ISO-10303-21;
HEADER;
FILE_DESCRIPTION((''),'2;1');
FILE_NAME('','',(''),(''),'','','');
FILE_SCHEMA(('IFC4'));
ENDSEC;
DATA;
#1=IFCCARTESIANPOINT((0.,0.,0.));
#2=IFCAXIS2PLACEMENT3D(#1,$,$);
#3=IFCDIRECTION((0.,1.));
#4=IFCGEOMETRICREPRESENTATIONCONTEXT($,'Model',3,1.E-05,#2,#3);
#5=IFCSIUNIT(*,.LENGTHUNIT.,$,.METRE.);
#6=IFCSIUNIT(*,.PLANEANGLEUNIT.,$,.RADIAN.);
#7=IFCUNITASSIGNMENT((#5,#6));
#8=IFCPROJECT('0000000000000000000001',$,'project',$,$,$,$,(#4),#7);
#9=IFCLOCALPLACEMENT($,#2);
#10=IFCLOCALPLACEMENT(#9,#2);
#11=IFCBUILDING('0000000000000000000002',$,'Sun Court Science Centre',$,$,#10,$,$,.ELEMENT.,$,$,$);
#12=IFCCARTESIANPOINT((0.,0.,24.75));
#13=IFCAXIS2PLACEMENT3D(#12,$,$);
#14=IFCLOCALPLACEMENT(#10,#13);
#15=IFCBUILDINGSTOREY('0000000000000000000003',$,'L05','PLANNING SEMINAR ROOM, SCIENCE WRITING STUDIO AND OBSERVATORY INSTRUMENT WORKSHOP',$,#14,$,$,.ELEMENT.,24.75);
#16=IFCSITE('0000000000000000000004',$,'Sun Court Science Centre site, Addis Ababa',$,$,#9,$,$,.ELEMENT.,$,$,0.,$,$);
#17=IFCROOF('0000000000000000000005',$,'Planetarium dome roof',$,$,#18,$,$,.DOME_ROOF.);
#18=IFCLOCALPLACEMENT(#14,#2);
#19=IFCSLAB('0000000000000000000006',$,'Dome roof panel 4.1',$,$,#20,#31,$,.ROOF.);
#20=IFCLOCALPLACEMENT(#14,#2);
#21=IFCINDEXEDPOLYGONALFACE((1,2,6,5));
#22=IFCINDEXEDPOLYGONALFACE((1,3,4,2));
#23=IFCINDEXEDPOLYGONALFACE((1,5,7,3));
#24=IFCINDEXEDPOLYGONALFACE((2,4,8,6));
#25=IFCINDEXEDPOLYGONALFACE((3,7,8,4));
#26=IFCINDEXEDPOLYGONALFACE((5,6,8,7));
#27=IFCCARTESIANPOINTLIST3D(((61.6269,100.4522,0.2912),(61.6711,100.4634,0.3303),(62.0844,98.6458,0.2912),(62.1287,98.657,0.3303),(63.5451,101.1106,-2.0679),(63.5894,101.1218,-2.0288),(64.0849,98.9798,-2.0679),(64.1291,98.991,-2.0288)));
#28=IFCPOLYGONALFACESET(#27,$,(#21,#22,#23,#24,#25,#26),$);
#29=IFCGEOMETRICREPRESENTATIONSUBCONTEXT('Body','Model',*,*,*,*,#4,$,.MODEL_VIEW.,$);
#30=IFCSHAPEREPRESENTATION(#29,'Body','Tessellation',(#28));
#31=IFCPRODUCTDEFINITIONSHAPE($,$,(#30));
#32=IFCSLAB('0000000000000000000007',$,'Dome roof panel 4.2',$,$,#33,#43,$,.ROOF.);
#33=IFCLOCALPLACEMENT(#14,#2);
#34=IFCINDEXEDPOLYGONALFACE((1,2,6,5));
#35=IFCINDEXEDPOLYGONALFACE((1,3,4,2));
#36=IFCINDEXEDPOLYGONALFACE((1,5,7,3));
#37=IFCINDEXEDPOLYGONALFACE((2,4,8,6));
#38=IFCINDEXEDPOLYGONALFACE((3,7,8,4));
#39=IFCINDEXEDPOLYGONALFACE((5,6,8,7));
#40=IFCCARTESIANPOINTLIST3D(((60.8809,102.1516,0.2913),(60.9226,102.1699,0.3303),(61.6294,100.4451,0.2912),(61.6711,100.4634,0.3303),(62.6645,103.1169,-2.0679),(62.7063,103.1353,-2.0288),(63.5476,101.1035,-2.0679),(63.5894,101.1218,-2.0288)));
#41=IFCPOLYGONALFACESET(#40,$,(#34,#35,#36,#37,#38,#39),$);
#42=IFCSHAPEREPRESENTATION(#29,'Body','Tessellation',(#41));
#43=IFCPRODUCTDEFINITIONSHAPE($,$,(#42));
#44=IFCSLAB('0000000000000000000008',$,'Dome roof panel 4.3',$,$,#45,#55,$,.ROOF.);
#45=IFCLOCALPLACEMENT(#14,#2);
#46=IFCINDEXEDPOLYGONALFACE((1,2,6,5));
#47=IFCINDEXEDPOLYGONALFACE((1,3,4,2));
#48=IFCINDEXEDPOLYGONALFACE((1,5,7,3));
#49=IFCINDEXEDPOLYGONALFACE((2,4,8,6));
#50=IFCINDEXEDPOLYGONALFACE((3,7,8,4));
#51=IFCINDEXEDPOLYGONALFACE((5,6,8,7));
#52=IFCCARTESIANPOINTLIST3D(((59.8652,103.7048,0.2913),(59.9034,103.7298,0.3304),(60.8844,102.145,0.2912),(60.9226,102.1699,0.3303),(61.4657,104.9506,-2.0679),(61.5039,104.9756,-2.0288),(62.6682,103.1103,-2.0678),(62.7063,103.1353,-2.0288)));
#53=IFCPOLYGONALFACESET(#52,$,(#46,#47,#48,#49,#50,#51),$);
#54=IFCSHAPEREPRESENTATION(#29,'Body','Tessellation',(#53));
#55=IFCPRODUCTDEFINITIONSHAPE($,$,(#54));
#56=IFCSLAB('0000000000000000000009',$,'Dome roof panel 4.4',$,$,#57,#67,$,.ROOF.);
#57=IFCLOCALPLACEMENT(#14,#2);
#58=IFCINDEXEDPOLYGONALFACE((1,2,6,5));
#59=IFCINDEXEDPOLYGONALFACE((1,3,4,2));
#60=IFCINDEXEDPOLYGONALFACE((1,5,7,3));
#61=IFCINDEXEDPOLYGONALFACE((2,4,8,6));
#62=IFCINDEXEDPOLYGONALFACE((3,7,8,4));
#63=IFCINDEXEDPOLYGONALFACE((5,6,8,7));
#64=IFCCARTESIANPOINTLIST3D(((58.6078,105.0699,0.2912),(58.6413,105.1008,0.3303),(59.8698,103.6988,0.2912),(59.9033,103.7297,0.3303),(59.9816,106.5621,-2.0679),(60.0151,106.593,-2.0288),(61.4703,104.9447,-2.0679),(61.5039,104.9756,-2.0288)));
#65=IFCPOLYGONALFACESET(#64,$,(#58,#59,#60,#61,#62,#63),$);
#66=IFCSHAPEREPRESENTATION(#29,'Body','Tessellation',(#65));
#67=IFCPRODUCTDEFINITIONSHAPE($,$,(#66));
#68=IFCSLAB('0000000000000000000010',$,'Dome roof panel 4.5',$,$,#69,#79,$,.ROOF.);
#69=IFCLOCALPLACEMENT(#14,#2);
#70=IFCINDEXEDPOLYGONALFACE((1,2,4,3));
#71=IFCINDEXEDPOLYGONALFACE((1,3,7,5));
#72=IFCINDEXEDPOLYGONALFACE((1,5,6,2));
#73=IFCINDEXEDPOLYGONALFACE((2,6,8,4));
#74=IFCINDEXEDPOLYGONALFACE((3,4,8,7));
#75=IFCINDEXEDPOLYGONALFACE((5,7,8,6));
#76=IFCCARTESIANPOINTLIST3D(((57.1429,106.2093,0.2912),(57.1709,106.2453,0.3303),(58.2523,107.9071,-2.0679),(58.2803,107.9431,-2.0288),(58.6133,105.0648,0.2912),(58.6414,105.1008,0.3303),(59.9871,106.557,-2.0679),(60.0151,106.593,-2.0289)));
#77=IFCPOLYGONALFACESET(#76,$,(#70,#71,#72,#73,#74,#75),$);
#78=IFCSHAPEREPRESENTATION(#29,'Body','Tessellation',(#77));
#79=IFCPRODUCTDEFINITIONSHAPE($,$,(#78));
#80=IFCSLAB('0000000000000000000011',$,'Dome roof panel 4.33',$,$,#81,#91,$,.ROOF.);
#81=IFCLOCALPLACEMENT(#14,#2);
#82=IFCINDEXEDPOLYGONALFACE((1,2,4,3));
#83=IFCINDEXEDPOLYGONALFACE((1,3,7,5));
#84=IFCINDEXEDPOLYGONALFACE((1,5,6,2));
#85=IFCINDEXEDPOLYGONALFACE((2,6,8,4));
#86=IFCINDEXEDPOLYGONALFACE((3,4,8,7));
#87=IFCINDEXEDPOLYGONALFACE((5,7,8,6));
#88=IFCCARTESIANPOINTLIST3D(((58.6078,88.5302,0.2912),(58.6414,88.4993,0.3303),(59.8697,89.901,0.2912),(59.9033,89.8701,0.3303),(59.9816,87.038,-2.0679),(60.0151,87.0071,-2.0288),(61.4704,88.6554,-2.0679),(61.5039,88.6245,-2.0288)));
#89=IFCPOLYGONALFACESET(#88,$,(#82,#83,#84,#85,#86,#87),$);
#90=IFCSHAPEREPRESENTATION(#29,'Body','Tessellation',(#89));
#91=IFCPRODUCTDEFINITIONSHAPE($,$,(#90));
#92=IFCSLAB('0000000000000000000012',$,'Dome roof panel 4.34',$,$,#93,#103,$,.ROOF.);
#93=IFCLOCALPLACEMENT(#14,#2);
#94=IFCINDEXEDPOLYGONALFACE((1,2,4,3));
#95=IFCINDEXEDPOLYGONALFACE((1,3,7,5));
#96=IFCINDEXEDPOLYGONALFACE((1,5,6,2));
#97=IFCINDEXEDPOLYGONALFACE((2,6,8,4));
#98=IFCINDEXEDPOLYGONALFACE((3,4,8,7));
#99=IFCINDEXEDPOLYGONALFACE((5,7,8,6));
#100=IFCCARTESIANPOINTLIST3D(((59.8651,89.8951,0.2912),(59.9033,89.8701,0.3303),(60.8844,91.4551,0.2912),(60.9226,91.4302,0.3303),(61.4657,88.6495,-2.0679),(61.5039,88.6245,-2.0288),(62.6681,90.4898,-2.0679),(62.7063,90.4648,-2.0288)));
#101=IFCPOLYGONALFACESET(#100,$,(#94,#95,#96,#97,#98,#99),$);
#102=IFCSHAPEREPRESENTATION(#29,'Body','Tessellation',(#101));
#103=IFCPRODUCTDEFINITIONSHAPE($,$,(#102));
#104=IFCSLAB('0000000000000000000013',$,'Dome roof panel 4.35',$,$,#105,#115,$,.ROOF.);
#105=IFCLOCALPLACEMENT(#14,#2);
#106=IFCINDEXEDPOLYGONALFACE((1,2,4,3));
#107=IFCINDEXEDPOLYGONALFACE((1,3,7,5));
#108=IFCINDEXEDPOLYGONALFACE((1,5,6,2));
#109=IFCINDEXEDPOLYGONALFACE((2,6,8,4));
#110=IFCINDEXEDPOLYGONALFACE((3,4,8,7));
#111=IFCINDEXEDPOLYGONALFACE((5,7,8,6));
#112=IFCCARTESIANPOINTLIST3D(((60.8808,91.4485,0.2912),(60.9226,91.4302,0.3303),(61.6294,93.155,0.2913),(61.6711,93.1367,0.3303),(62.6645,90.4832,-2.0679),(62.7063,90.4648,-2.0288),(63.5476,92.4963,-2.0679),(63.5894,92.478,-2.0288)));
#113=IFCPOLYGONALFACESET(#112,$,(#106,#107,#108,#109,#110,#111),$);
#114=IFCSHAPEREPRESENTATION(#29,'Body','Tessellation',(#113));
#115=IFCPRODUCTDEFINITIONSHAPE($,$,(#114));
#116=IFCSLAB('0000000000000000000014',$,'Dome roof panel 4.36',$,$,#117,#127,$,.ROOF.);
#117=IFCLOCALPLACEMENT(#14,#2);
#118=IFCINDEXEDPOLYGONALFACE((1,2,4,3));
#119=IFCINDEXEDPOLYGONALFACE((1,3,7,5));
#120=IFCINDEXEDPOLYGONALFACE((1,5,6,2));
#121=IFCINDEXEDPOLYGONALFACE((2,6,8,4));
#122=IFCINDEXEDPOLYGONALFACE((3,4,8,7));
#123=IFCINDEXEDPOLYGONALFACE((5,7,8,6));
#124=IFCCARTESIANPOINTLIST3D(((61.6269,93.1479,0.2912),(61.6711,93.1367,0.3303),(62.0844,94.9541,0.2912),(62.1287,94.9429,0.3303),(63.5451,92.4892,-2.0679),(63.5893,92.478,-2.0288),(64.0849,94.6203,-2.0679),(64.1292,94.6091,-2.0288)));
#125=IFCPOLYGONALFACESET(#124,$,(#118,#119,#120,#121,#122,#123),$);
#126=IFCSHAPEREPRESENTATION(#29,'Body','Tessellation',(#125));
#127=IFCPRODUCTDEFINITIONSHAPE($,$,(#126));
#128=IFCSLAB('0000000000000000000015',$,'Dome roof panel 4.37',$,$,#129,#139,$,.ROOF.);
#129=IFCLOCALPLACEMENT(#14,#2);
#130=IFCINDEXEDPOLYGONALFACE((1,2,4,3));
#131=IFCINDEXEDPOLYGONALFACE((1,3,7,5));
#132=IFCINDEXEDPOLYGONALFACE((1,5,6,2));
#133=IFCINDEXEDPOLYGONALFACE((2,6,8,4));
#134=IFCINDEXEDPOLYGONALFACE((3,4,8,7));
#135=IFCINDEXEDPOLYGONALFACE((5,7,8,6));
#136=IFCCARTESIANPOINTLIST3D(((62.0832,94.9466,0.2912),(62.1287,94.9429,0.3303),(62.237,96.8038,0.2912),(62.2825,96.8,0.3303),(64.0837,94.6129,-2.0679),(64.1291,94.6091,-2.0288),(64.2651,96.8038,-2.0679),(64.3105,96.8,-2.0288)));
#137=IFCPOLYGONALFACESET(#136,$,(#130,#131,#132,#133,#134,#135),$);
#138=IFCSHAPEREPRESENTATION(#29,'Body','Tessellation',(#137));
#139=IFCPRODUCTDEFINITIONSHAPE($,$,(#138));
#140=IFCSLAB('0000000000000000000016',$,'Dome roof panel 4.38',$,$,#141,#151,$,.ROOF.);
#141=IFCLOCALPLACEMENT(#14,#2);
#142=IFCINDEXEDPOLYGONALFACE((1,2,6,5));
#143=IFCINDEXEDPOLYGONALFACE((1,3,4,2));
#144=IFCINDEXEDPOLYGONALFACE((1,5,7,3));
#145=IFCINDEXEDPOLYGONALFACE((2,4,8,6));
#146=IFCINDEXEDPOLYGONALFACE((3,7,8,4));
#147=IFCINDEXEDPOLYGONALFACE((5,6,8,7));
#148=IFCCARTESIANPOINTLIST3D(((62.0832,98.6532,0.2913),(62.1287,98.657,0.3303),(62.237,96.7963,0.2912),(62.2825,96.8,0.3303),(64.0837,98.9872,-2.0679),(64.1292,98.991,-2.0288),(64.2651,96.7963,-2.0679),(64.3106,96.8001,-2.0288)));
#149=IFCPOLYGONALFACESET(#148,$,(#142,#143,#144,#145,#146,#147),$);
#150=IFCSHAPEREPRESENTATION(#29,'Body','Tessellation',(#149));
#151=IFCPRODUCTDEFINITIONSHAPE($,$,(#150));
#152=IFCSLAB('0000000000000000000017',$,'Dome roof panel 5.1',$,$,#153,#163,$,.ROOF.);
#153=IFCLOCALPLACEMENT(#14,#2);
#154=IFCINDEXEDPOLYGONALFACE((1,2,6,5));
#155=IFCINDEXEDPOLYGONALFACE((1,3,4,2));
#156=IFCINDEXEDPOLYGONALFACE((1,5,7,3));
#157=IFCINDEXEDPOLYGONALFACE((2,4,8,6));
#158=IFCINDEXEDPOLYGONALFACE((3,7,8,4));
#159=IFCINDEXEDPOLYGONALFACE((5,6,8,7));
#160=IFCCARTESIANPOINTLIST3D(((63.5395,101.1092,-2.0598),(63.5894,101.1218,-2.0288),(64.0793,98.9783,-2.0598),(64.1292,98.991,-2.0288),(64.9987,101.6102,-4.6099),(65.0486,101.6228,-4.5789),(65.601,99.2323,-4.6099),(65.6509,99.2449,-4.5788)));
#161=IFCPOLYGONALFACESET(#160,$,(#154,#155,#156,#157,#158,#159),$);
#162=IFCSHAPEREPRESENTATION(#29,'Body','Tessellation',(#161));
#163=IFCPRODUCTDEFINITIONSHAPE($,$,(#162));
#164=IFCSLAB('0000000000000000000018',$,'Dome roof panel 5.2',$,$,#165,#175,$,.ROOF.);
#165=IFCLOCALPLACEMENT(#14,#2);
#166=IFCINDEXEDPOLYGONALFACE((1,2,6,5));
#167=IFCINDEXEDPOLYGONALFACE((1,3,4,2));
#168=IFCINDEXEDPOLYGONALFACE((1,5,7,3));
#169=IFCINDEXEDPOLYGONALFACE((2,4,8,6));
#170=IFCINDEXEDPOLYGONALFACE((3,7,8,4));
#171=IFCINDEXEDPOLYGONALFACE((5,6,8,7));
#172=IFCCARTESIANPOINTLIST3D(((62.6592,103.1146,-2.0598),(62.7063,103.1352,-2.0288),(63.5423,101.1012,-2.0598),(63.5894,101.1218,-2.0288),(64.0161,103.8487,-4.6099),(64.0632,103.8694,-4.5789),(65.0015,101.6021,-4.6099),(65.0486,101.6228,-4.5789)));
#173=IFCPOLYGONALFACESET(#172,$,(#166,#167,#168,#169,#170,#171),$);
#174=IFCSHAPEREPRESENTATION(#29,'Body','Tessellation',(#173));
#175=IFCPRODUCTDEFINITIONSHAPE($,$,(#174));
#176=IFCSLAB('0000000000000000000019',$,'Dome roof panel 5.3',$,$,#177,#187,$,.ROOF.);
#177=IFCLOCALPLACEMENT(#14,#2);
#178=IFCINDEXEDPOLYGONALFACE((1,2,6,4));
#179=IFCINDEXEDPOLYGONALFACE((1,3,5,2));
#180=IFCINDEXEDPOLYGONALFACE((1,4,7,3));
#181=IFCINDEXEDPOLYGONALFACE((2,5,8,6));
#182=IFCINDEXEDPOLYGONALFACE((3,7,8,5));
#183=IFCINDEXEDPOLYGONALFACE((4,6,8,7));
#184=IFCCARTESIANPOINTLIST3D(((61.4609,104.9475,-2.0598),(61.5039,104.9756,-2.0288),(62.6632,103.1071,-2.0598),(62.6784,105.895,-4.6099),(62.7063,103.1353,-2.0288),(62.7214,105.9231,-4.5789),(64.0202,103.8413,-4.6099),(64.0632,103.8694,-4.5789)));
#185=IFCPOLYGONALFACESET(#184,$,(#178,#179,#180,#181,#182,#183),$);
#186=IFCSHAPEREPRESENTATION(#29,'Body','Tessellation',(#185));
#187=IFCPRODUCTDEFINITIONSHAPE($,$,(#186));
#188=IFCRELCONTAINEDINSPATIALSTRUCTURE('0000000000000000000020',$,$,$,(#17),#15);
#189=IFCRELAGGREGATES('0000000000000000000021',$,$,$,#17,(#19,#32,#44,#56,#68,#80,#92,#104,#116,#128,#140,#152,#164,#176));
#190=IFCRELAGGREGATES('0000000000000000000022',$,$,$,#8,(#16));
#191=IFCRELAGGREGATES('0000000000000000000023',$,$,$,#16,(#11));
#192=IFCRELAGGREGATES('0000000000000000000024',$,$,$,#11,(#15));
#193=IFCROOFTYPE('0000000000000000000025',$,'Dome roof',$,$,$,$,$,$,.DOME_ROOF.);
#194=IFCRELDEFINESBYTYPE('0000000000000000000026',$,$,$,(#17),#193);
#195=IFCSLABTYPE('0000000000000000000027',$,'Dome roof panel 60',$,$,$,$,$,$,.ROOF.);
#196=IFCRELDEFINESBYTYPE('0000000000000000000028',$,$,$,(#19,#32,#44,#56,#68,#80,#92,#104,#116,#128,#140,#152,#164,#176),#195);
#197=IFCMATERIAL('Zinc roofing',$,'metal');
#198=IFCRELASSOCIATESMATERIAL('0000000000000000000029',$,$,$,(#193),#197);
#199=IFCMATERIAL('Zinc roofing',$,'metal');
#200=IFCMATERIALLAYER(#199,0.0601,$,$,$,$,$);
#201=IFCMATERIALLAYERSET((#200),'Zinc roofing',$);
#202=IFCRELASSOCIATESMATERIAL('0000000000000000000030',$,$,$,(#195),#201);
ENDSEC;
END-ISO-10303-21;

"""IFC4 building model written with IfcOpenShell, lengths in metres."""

from ifc_helpers import new_model, si_unit, direction, frame, origin, place, context, subcontext, project, spatial, polyline, outline, extrude, material, layer, layer_set, type_object, element, aggregate, save


model = new_model("IFC4")

# Units and contexts
model_context = context("Model", 3, precision=1e-05, world=origin(), true_north=direction((0.0, 1.0)))
body_context = subcontext(model_context, "Body", "Model", "MODEL_VIEW")
ifc_project = project(units=[si_unit("LENGTHUNIT", "METRE"), si_unit("PLANEANGLEUNIT", "RADIAN")], contexts=[model_context])

# Site, building, storey
site_placement = place(None, origin())
site = spatial("IfcSite", under=ifc_project, at=site_placement, Name="Sun Court Science Centre site, Addis Ababa", CompositionType="ELEMENT", RefElevation=0.0)
building_placement = place(site_placement, origin())
building = spatial("IfcBuilding", under=site, at=building_placement, Name="Sun Court Science Centre", CompositionType="ELEMENT")
storey_placement = place(building_placement, frame((0.0, 0.0, 24.75)))
storey = spatial("IfcBuildingStorey", under=building, at=storey_placement, Name="L05", Description="PLANNING SEMINAR ROOM, SCIENCE WRITING STUDIO AND OBSERVATORY INSTRUMENT WORKSHOP", CompositionType="ELEMENT", Elevation=24.75)

# Roof, slabs
ifc_material_1 = material(Name="Zinc roofing", Category="metal")
roof_type = type_object("IfcRoofType", Name="Dome roof", PredefinedType="DOME_ROOF", material=ifc_material_1)
roof_placement = place(storey_placement, origin())
roof = element("IfcRoof", 1, at=roof_placement, inside=storey, type_object=roof_type, Name="Planetarium dome roof", PredefinedType="DOME_ROOF")
ifc_material_2 = material(Name="Zinc roofing", Category="metal")
ifc_layer = layer(ifc_material_2, 0.0601)
ifc_layer_set = layer_set([ifc_layer], Name="Zinc roofing")
slab_type = type_object("IfcSlabType", Name="Dome roof panel 60", PredefinedType="ROOF", material=ifc_layer_set)
slab_1_placement = place(storey_placement, frame((62.1287, 98.657, 0.3303), z_axis=(0.736151, 0.186468, 0.650624), x_axis=(-0.245538, 0.969387, -0.000011)))
slab_1 = element("IfcSlab", 2, at=slab_1_placement, type_object=slab_type, Name="Dome roof panel 4.1", PredefinedType="ROOF", context=body_context, shape_type="SweptSolid", body=[
    extrude(outline(polyline([(0.0, 0.0), (1.8634, 0.0), (2.0308, -3.1065), (-0.1674, -3.1066), (0.0, 0.0)])), origin(), (0.0, 0.0, -1.0), 0.0601),
])
slab_2_placement = place(storey_placement, frame((61.6711, 100.4634, 0.3303), z_axis=(0.695452, 0.305027, 0.650619), x_axis=(-0.401674, 0.915783, 0.00001)))
slab_2 = element("IfcSlab", 3, at=slab_2_placement, type_object=slab_type, Name="Dome roof panel 4.2", PredefinedType="ROOF", context=body_context, shape_type="SweptSolid", body=[
    extrude(outline(polyline([(0.0, 0.0), (1.8635, 0.0), (2.031, -3.1066), (-0.1675, -3.1065), (0.0, 0.0)])), origin(), (0.0, 0.0, -1.0), 0.0601),
])
slab_3_placement = place(storey_placement, frame((60.9226, 102.1699, 0.3303), z_axis=(0.63571, 0.415378, 0.650641), x_axis=(-0.547007, 0.837128, 0.000021)))
slab_3 = element("IfcSlab", 4, at=slab_3_placement, type_object=slab_type, Name="Dome roof panel 4.3", PredefinedType="ROOF", context=body_context, shape_type="SweptSolid", body=[
    extrude(outline(polyline([(0.0, 0.0), (1.8633, 0.0), (2.0307, -3.1067), (-0.1676, -3.1066), (0.0, 0.0)])), origin(), (0.0, 0.0, -1.0), 0.0601),
])
slab_4_placement = place(storey_placement, frame((59.9033, 103.7297, 0.3303), z_axis=(0.558728, 0.51427, 0.650653), x_axis=(-0.677224, 0.735777, -0.000007)))
slab_4 = element("IfcSlab", 5, at=slab_4_placement, type_object=slab_type, Name="Dome roof panel 4.4", PredefinedType="ROOF", context=body_context, shape_type="SweptSolid", body=[
    extrude(outline(polyline([(0.0, 0.0), (1.8635, 0.0), (2.031, -3.1067), (-0.1673, -3.1067), (0.0, 0.0)])), origin(), (0.0, 0.0, -1.0), 0.0601),
])
slab_5_placement = place(storey_placement, frame((58.6414, 105.1008, 0.3303), z_axis=(0.466409, 0.599284, 0.650631), x_axis=(-0.789149, 0.614201, -0.000022)))
slab_5 = element("IfcSlab", 6, at=slab_5_placement, type_object=slab_type, Name="Dome roof panel 4.5", PredefinedType="ROOF", context=body_context, shape_type="SweptSolid", body=[
    extrude(outline(polyline([(0.0, 0.0), (1.8634, 0.0), (2.0307, -3.1065), (-0.1676, -3.1067), (0.0, 0.0)])), origin(), (0.0, 0.0, -1.0), 0.0601),
])
slab_6_placement = place(storey_placement, frame((58.6414, 88.4993, 0.3303), z_axis=(0.558716, -0.514302, 0.650638), x_axis=(0.677269, 0.735735, -0.000017)))
slab_6 = element("IfcSlab", 7, at=slab_6_placement, type_object=slab_type, Name="Dome roof panel 4.33", PredefinedType="ROOF", context=body_context, shape_type="SweptSolid", body=[
    extrude(outline(polyline([(0.0, 0.0), (1.8633, 0.0), (2.0309, -3.1066), (-0.1674, -3.1067), (0.0, 0.0)])), origin(), (0.0, 0.0, -1.0), 0.0601),
])
slab_7_placement = place(storey_placement, frame((59.9033, 89.8701, 0.3303), z_axis=(0.635733, -0.415362, 0.650629), x_axis=(0.546965, 0.837155, -0.000002)))
slab_7 = element("IfcSlab", 8, at=slab_7_placement, type_object=slab_type, Name="Dome roof panel 4.34", PredefinedType="ROOF", context=body_context, shape_type="SweptSolid", body=[
    extrude(outline(polyline([(0.0, 0.0), (1.8635, 0.0), (2.031, -3.1066), (-0.1673, -3.1066), (0.0, 0.0)])), origin(), (0.0, 0.0, -1.0), 0.0601),
])
slab_8_placement = place(storey_placement, frame((60.9226, 91.4302, 0.3303), z_axis=(0.695437, -0.305041, 0.650628), x_axis=(0.401687, 0.915777, 0.000002)))
slab_8 = element("IfcSlab", 9, at=slab_8_placement, type_object=slab_type, Name="Dome roof panel 4.35", PredefinedType="ROOF", context=body_context, shape_type="SweptSolid", body=[
    extrude(outline(polyline([(0.0, 0.0), (1.8635, 0.0), (2.0308, -3.1066), (-0.1675, -3.1066), (0.0, 0.0)])), origin(), (0.0, 0.0, -1.0), 0.0601),
])
slab_9_placement = place(storey_placement, frame((61.6711, 93.1367, 0.3303), z_axis=(0.736151, -0.186468, 0.650624), x_axis=(0.245551, 0.969384, -0.000005)))
slab_9 = element("IfcSlab", 10, at=slab_9_placement, type_object=slab_type, Name="Dome roof panel 4.36", PredefinedType="ROOF", context=body_context, shape_type="SweptSolid", body=[
    extrude(outline(polyline([(0.0, 0.0), (1.8632, 0.0), (2.0309, -3.1066), (-0.1675, -3.1066), (0.0, 0.0)])), origin(), (0.0, 0.0, -1.0), 0.0601),
])
slab_10_placement = place(storey_placement, frame((62.1287, 94.9429, 0.3303), z_axis=(0.756814, -0.062668, 0.650619), x_axis=(0.082529, 0.996589, -0.000006)))
slab_10 = element("IfcSlab", 11, at=slab_10_placement, type_object=slab_type, Name="Dome roof panel 4.37", PredefinedType="ROOF", context=body_context, shape_type="SweptSolid", body=[
    extrude(outline(polyline([(0.0, 0.0), (1.8635, 0.0), (2.0309, -3.1065), (-0.1675, -3.1066), (0.0, 0.0)])), origin(), (0.0, 0.0, -1.0), 0.0601),
])
slab_11_placement = place(storey_placement, frame((62.2825, 96.8, 0.3303), z_axis=(0.756812, 0.062672, 0.650621), x_axis=(-0.082536, 0.996588, 0.000009)))
slab_11 = element("IfcSlab", 12, at=slab_11_placement, type_object=slab_type, Name="Dome roof panel 4.38", PredefinedType="ROOF", context=body_context, shape_type="SweptSolid", body=[
    extrude(outline(polyline([(0.0, 0.0), (1.8633, 0.0), (2.031, -3.1066), (-0.1674, -3.1065), (0.0, 0.0)])), origin(), (0.0, 0.0, -1.0), 0.0601),
])
slab_12_placement = place(storey_placement, frame((64.1292, 98.991, -2.0288), z_axis=(0.830162, 0.210282, 0.516346), x_axis=(-0.245553, 0.969383, 0.000008)))
slab_12 = element("IfcSlab", 13, at=slab_12_placement, type_object=slab_type, Name="Dome roof panel 5.1", PredefinedType="ROOF", context=body_context, shape_type="SweptSolid", body=[
    extrude(outline(polyline([(0.0, 0.0), (2.1982, 0.0), (2.3255, -2.9777), (-0.1276, -2.9777), (0.0, 0.0)])), origin(), (0.0, 0.0, -1.0), 0.0601),
])
slab_13_placement = place(storey_placement, frame((63.5894, 101.1218, -2.0288), z_axis=(0.784261, 0.343971, 0.516352), x_axis=(-0.401657, 0.91579, -0.000003)))
slab_13 = element("IfcSlab", 14, at=slab_13_placement, type_object=slab_type, Name="Dome roof panel 5.2", PredefinedType="ROOF", context=body_context, shape_type="SweptSolid", body=[
    extrude(outline(polyline([(0.0, 0.0), (2.1986, 0.0), (2.3259, -2.9777), (-0.1273, -2.9777), (0.0, 0.0)])), origin(), (0.0, 0.0, -1.0), 0.0601),
])
slab_14_placement = place(storey_placement, frame((62.7063, 103.1353, -2.0288), z_axis=(0.716927, 0.468408, 0.516342), x_axis=(-0.546961, 0.837158, 0.000001)))
slab_14 = element("IfcSlab", 15, at=slab_14_placement, type_object=slab_type, Name="Dome roof panel 5.3", PredefinedType="ROOF", context=body_context, shape_type="SweptSolid", body=[
    extrude(outline(polyline([(0.0, 0.0), (2.1983, 0.0), (2.3256, -2.9777), (-0.1276, -2.9777), (0.0, 0.0)])), origin(), (0.0, 0.0, -1.0), 0.0601),
])
aggregate(roof, [slab_1, slab_2, slab_3, slab_4, slab_5, slab_6, slab_7, slab_8, slab_9, slab_10, slab_11, slab_12, slab_13, slab_14])

save(model, "model.ifc")
